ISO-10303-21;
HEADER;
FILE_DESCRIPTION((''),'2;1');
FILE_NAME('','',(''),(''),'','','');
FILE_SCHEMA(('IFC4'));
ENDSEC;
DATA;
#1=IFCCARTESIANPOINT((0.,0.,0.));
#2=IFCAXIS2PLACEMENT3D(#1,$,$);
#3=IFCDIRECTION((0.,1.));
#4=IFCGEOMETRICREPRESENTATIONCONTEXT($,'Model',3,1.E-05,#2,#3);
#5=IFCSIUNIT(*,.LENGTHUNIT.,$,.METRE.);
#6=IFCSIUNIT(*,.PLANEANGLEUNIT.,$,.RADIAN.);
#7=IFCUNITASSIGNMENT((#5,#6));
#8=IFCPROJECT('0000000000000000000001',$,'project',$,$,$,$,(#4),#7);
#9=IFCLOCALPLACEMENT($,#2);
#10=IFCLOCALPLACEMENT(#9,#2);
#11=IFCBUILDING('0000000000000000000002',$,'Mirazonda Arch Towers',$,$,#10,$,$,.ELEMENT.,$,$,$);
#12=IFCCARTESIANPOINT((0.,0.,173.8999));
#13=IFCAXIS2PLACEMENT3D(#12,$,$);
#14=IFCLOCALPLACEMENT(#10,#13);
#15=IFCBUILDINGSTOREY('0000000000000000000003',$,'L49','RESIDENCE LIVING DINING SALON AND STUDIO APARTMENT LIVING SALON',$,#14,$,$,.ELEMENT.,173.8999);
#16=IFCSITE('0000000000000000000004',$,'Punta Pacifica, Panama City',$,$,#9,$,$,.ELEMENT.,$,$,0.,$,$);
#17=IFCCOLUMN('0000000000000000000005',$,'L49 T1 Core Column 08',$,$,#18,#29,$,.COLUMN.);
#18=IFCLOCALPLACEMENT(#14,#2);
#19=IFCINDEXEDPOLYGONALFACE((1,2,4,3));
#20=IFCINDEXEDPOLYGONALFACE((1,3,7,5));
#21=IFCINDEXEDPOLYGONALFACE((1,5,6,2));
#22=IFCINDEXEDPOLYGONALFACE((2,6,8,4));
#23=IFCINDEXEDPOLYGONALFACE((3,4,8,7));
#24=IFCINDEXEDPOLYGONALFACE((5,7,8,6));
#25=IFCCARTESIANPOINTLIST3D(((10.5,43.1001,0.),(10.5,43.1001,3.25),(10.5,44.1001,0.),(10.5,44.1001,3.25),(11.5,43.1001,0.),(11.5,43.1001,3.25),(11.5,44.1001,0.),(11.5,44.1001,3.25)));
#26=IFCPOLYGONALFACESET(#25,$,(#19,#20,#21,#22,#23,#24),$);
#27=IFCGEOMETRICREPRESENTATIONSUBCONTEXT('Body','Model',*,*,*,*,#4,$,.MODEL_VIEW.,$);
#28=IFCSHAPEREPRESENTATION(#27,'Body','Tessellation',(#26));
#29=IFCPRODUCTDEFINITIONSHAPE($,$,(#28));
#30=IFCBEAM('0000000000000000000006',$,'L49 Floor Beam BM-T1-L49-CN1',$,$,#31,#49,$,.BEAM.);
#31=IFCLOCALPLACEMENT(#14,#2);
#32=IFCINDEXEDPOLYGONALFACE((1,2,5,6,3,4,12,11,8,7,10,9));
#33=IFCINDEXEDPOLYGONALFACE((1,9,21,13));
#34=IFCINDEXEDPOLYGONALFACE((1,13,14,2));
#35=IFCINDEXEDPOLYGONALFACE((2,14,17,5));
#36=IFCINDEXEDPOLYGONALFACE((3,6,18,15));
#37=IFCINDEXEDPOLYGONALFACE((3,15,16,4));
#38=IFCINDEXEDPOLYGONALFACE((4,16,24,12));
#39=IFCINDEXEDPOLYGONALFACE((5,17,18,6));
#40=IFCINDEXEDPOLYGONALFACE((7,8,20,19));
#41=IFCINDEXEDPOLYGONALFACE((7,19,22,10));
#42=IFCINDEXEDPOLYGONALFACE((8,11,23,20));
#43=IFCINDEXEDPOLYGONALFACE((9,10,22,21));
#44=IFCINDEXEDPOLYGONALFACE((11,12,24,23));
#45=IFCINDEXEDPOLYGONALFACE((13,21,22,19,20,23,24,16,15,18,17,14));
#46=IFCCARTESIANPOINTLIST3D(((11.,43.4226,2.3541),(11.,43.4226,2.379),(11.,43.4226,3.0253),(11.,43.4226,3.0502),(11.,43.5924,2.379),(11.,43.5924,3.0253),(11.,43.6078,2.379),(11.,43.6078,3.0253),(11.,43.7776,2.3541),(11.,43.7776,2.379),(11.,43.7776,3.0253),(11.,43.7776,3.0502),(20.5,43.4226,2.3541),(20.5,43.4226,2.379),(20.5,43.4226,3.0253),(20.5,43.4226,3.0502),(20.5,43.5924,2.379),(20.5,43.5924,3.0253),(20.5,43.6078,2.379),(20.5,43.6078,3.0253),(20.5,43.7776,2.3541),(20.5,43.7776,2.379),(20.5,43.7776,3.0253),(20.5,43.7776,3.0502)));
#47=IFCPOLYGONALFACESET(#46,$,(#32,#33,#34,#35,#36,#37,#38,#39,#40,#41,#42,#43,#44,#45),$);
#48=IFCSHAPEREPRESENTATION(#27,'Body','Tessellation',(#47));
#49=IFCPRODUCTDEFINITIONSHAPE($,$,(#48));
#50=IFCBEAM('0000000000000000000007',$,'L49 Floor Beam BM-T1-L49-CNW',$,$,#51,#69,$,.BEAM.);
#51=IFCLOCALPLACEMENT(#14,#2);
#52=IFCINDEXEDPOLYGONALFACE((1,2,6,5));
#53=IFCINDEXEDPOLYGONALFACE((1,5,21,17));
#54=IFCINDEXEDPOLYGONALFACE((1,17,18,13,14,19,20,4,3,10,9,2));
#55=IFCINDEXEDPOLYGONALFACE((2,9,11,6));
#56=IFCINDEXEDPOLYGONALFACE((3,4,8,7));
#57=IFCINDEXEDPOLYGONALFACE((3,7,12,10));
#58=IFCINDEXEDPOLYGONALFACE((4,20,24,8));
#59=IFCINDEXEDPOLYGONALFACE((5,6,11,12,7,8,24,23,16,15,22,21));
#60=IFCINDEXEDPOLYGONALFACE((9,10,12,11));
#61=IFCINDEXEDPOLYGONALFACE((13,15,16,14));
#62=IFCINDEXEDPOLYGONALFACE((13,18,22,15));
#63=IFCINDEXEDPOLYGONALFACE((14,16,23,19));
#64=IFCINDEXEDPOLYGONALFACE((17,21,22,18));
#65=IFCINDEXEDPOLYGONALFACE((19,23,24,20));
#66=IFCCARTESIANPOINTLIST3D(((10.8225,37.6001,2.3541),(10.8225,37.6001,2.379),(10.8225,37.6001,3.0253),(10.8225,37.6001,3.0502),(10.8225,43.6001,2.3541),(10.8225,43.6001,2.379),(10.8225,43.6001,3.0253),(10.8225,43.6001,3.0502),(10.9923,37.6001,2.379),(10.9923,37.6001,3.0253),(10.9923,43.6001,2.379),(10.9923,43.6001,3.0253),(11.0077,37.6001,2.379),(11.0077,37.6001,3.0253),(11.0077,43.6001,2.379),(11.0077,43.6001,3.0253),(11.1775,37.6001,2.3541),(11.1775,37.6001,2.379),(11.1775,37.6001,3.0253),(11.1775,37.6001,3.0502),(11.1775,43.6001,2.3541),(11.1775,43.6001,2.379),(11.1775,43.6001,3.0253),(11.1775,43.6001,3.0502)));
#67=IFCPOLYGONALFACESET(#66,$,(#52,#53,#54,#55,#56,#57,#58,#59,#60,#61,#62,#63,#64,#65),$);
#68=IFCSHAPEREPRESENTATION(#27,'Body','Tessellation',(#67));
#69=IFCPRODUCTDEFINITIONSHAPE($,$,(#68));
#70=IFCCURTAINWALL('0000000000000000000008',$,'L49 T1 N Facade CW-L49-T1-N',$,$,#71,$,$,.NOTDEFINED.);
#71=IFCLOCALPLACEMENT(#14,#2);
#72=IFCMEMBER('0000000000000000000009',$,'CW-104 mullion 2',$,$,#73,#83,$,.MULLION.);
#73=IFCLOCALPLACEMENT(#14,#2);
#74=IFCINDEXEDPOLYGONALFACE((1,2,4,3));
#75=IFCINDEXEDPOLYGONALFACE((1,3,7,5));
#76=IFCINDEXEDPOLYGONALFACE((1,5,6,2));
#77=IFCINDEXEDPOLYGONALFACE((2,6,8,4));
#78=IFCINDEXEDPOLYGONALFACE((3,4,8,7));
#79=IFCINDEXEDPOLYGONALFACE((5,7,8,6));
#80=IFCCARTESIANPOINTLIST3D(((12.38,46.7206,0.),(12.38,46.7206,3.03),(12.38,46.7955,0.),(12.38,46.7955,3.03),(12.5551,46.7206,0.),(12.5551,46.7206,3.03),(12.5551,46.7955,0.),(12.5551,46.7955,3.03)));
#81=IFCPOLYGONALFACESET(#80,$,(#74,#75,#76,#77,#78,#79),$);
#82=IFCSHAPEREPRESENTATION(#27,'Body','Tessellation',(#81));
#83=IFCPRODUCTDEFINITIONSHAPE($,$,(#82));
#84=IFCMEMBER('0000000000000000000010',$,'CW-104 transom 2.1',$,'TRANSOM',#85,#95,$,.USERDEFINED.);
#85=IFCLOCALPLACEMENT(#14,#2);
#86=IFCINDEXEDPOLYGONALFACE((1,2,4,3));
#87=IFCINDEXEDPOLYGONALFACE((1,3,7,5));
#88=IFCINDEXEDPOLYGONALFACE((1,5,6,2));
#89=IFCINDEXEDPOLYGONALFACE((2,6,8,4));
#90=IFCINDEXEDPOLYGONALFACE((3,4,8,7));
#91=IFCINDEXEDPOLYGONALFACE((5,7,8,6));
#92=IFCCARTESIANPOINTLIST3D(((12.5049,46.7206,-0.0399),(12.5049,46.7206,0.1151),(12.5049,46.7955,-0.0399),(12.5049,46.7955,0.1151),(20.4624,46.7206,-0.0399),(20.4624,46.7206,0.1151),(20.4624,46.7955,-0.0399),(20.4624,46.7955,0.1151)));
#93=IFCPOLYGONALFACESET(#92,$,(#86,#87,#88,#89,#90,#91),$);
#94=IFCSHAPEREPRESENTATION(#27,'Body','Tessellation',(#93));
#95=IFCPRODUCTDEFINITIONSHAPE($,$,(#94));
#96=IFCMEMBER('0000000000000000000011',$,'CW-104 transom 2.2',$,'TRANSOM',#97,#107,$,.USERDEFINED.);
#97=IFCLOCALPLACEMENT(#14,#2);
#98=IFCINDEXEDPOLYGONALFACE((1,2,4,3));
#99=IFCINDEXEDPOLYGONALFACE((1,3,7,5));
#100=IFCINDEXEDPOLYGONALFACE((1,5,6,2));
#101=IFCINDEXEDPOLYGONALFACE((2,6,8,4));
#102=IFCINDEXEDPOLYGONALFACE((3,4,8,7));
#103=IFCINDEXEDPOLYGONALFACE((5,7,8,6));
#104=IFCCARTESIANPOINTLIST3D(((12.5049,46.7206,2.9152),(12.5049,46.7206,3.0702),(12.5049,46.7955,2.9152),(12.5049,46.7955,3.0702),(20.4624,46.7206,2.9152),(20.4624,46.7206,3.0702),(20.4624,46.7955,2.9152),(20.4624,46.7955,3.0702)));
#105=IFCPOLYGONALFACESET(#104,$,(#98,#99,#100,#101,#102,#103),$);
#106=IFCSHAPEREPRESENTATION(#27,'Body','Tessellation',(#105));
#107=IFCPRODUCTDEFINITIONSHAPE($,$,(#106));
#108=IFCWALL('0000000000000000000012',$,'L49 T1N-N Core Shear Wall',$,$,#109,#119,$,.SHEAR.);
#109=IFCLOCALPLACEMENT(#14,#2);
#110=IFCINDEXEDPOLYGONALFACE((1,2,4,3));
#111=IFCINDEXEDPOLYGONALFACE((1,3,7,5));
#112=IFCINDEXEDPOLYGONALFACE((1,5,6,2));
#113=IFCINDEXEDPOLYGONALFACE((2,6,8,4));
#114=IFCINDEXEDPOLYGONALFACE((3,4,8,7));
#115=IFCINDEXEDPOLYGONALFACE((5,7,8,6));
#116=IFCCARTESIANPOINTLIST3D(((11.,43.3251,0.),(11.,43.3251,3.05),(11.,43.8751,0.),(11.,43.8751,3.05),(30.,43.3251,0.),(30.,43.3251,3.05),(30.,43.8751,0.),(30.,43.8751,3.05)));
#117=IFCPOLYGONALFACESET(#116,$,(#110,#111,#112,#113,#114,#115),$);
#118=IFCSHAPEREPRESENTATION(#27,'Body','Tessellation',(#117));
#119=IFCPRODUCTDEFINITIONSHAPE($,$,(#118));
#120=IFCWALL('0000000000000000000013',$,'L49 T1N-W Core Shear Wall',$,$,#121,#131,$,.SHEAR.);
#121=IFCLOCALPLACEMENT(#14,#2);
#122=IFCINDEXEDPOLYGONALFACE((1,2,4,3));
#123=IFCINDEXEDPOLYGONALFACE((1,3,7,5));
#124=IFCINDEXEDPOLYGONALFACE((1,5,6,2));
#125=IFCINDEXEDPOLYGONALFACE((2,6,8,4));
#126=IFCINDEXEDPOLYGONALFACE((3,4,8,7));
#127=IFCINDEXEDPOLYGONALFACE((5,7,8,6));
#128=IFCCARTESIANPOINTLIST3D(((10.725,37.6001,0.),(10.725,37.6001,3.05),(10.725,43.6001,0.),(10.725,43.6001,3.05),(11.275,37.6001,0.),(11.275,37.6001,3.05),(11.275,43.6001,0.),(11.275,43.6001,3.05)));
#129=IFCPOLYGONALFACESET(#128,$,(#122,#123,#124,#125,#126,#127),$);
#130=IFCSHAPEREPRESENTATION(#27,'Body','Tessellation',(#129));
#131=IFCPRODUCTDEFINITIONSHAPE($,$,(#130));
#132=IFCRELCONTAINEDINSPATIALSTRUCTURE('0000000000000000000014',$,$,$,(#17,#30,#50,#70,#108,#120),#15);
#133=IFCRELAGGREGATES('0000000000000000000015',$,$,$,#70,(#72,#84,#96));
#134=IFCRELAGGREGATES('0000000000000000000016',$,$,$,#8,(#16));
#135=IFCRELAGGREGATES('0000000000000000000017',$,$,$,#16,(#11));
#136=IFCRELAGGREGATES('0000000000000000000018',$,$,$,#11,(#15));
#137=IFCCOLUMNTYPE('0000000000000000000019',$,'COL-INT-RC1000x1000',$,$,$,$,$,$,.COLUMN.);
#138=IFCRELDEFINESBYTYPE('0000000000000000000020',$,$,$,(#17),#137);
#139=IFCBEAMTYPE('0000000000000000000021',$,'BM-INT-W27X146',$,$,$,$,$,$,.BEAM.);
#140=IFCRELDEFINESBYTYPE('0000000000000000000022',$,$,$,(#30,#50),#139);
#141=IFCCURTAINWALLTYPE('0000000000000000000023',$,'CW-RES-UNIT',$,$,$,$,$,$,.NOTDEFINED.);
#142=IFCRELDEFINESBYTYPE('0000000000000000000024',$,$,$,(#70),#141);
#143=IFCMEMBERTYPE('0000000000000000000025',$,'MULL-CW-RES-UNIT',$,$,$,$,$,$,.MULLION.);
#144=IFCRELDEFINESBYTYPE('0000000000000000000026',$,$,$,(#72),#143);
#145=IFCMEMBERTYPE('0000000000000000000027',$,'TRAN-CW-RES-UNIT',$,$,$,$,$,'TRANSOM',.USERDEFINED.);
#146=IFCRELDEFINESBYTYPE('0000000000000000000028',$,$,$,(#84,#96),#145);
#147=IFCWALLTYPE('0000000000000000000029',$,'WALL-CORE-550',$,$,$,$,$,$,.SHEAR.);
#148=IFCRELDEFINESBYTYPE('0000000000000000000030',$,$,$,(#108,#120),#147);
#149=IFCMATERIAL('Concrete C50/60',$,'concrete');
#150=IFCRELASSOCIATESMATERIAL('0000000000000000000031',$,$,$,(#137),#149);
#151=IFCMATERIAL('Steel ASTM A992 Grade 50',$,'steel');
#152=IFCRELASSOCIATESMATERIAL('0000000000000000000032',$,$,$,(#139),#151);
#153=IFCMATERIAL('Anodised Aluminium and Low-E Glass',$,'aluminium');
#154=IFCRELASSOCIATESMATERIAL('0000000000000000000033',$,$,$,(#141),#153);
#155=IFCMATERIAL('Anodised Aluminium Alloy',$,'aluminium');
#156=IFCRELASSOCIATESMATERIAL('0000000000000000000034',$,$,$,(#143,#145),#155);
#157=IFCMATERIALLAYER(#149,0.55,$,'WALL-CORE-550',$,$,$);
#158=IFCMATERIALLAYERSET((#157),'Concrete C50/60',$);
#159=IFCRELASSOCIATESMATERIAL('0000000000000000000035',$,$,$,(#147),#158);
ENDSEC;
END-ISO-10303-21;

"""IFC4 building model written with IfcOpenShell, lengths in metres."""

from ifc_helpers import new_model, si_unit, direction, frame, frame_2d, origin, origin_2d, place, context, subcontext, project, spatial, rectangle, i_section, extrude, material, layer, layer_set, material_profile, profile_set, type_object, element, aggregate, save


model = new_model("IFC4")

# Units and contexts
model_context = context("Model", 3, precision=1e-05, world=origin(), true_north=direction((0.0, 1.0)))
body_context = subcontext(model_context, "Body", "Model", "MODEL_VIEW")
ifc_project = project(units=[si_unit("LENGTHUNIT", "METRE"), si_unit("PLANEANGLEUNIT", "RADIAN")], contexts=[model_context])

# Site, building, storey
site_placement = place(None, origin())
site = spatial("IfcSite", under=ifc_project, at=site_placement, Name="Punta Pacifica, Panama City", CompositionType="ELEMENT", RefElevation=0.0)
building_placement = place(site_placement, origin())
building = spatial("IfcBuilding", under=site, at=building_placement, Name="Mirazonda Arch Towers", CompositionType="ELEMENT")
storey_placement = place(building_placement, frame((0.0, 0.0, 173.8999)))
storey = spatial("IfcBuildingStorey", under=building, at=storey_placement, Name="L49", Description="RESIDENCE LIVING DINING SALON AND STUDIO APARTMENT LIVING SALON", CompositionType="ELEMENT", Elevation=173.8999)

# Column
ifc_material_1 = material(Name="Concrete C50/60", Category="concrete")
ifc_material_profile_1 = material_profile(ifc_material_1, rectangle(XDim=1.0, YDim=1.0, at=origin_2d()), Name="RC1000x1000")
ifc_profile_set_1 = profile_set([ifc_material_profile_1], Name="Concrete C50/60")
column_type = type_object("IfcColumnType", Name="COL-INT-RC1000x1000", PredefinedType="COLUMN", material=ifc_profile_set_1)
column_placement = place(storey_placement, frame((11.0, 43.6001, 0.0), z_axis=(0.0, 0.0, 1.0), x_axis=(1.0, 0.0, 0.0)))
element("IfcColumn", 1, at=column_placement, inside=storey, type_object=column_type, Name="L49 T1 Core Column 08", PredefinedType="COLUMN", context=body_context, shape_type="SweptSolid", body=[
    extrude(rectangle(XDim=1.0, YDim=1.0, at=origin_2d()), origin(), (0.0, 0.0, 1.0), 3.25),
])

# Beams
ifc_material_2 = material(Name="Steel ASTM A992 Grade 50", Category="steel")
ifc_material_profile_2 = material_profile(ifc_material_2, i_section(OverallWidth=0.355, OverallDepth=0.696, WebThickness=0.0154, FlangeThickness=0.0249, at=origin_2d()), Name="W27X146")
ifc_profile_set_2 = profile_set([ifc_material_profile_2], Name="Steel ASTM A992 Grade 50")
beam_type = type_object("IfcBeamType", Name="BM-INT-W27X146", PredefinedType="BEAM", material=ifc_profile_set_2)
beam_1_placement = place(storey_placement, frame((11.0, 43.6001, 2.7021), z_axis=(1.0, 0.0, 0.0), x_axis=(0.0, 1.0, 0.0)))
element("IfcBeam", 2, at=beam_1_placement, inside=storey, type_object=beam_type, Name="L49 Floor Beam BM-T1-L49-CN1", PredefinedType="BEAM", context=body_context, shape_type="SweptSolid", body=[
    extrude(i_section(OverallWidth=0.355, OverallDepth=0.696, WebThickness=0.0154, FlangeThickness=0.0249, at=origin_2d()), origin(), (0.0, 0.0, 1.0), 9.5),
])
beam_2_placement = place(storey_placement, frame((11.0, 37.6001, 2.7021), z_axis=(0.0, 1.0, 0.0), x_axis=(-1.0, 0.0, 0.0)))
element("IfcBeam", 3, at=beam_2_placement, inside=storey, type_object=beam_type, Name="L49 Floor Beam BM-T1-L49-CNW", PredefinedType="BEAM", context=body_context, shape_type="SweptSolid", body=[
    extrude(i_section(OverallWidth=0.355, OverallDepth=0.696, WebThickness=0.0154, FlangeThickness=0.0249, at=origin_2d()), origin(), (0.0, 0.0, 1.0), 6.0),
])

# Curtain wall, members
ifc_material_3 = material(Name="Anodised Aluminium and Low-E Glass", Category="aluminium")
curtain_wall_type = type_object("IfcCurtainWallType", Name="CW-RES-UNIT", PredefinedType="NOTDEFINED", material=ifc_material_3)
curtain_wall_placement = place(storey_placement, origin())
curtain_wall = element("IfcCurtainWall", 4, at=curtain_wall_placement, inside=storey, type_object=curtain_wall_type, Name="L49 T1 N Facade CW-L49-T1-N", PredefinedType="NOTDEFINED")
ifc_material_4 = material(Name="Anodised Aluminium Alloy", Category="aluminium")
ifc_material_profile_3 = material_profile(ifc_material_4, rectangle(XDim=0.075, YDim=0.175, at=origin_2d()), Name="ALU-MULL-75x175")
ifc_profile_set_3 = profile_set([ifc_material_profile_3], Name="Anodised Aluminium Alloy")
member_type_1 = type_object("IfcMemberType", Name="MULL-CW-RES-UNIT", PredefinedType="MULLION", material=ifc_profile_set_3)
member_1_placement = place(storey_placement, frame((12.4675, 46.7581, 0.0), z_axis=(0.0, 0.0, 1.0), x_axis=(0.0, 1.0, 0.0)))
member_1 = element("IfcMember", 5, at=member_1_placement, type_object=member_type_1, Name="CW-104 mullion 2", PredefinedType="MULLION", context=body_context, shape_type="SweptSolid", body=[
    extrude(rectangle(XDim=0.075, YDim=0.175, at=origin_2d()), origin(), (0.0, 0.0, 1.0), 3.03),
])
ifc_material_profile_4 = material_profile(ifc_material_4, rectangle(XDim=0.075, YDim=0.155, at=origin_2d()), Name="ALU-TRAN-75x155")
ifc_profile_set_4 = profile_set([ifc_material_profile_4], Name="Anodised Aluminium Alloy")
member_type_2 = type_object("IfcMemberType", Name="TRAN-CW-RES-UNIT", ElementType="TRANSOM", PredefinedType="USERDEFINED", material=ifc_profile_set_4)
member_2_placement = place(storey_placement, frame((12.5049, 46.7581, 0.0376), z_axis=(1.0, 0.0, 0.0), x_axis=(0.0, 1.0, 0.0)))
member_2 = element("IfcMember", 6, at=member_2_placement, type_object=member_type_2, Name="CW-104 transom 2.1", ObjectType="TRANSOM", PredefinedType="USERDEFINED", context=body_context, shape_type="SweptSolid", body=[
    extrude(rectangle(XDim=0.075, YDim=0.155, at=origin_2d()), origin(), (0.0, 0.0, 1.0), 7.9575),
])
member_3_placement = place(storey_placement, frame((12.5049, 46.7581, 2.9927), z_axis=(1.0, 0.0, 0.0), x_axis=(0.0, 1.0, 0.0)))
member_3 = element("IfcMember", 7, at=member_3_placement, type_object=member_type_2, Name="CW-104 transom 2.2", ObjectType="TRANSOM", PredefinedType="USERDEFINED", context=body_context, shape_type="SweptSolid", body=[
    extrude(rectangle(XDim=0.075, YDim=0.155, at=origin_2d()), origin(), (0.0, 0.0, 1.0), 7.9575),
])
aggregate(curtain_wall, [member_1, member_2, member_3])

# Walls
ifc_layer_1 = layer(ifc_material_1, 0.55, Name="WALL-CORE-550")
ifc_layer_set_1 = layer_set([ifc_layer_1], Name="Concrete C50/60")
wall_type_1 = type_object("IfcWallType", Name="WALL-CORE-550", PredefinedType="SHEAR", material=ifc_layer_set_1)
wall_1_placement = place(storey_placement, frame((11.0, 43.6001, 0.0), z_axis=(0.0, 0.0, 1.0), x_axis=(1.0, 0.0, 0.0)))
element("IfcWall", 8, at=wall_1_placement, inside=storey, type_object=wall_type_1, Name="L49 T1N-N Core Shear Wall", PredefinedType="SHEAR", context=body_context, shape_type="SweptSolid", body=[
    extrude(rectangle(XDim=19.0, YDim=0.55, at=frame_2d((9.5, 0.0))), origin(), (0.0, 0.0, 1.0), 3.05),
])
wall_2_placement = place(storey_placement, frame((11.0, 37.6001, 0.0), z_axis=(0.0, 0.0, 1.0), x_axis=(0.0, 1.0, 0.0)))
element("IfcWall", 9, at=wall_2_placement, inside=storey, type_object=wall_type_1, Name="L49 T1N-W Core Shear Wall", PredefinedType="SHEAR", context=body_context, shape_type="SweptSolid", body=[
    extrude(rectangle(XDim=6.0, YDim=0.55, at=frame_2d((3.0, 0.0))), origin(), (0.0, 0.0, 1.0), 3.05),
])

save(model, "model.ifc")
